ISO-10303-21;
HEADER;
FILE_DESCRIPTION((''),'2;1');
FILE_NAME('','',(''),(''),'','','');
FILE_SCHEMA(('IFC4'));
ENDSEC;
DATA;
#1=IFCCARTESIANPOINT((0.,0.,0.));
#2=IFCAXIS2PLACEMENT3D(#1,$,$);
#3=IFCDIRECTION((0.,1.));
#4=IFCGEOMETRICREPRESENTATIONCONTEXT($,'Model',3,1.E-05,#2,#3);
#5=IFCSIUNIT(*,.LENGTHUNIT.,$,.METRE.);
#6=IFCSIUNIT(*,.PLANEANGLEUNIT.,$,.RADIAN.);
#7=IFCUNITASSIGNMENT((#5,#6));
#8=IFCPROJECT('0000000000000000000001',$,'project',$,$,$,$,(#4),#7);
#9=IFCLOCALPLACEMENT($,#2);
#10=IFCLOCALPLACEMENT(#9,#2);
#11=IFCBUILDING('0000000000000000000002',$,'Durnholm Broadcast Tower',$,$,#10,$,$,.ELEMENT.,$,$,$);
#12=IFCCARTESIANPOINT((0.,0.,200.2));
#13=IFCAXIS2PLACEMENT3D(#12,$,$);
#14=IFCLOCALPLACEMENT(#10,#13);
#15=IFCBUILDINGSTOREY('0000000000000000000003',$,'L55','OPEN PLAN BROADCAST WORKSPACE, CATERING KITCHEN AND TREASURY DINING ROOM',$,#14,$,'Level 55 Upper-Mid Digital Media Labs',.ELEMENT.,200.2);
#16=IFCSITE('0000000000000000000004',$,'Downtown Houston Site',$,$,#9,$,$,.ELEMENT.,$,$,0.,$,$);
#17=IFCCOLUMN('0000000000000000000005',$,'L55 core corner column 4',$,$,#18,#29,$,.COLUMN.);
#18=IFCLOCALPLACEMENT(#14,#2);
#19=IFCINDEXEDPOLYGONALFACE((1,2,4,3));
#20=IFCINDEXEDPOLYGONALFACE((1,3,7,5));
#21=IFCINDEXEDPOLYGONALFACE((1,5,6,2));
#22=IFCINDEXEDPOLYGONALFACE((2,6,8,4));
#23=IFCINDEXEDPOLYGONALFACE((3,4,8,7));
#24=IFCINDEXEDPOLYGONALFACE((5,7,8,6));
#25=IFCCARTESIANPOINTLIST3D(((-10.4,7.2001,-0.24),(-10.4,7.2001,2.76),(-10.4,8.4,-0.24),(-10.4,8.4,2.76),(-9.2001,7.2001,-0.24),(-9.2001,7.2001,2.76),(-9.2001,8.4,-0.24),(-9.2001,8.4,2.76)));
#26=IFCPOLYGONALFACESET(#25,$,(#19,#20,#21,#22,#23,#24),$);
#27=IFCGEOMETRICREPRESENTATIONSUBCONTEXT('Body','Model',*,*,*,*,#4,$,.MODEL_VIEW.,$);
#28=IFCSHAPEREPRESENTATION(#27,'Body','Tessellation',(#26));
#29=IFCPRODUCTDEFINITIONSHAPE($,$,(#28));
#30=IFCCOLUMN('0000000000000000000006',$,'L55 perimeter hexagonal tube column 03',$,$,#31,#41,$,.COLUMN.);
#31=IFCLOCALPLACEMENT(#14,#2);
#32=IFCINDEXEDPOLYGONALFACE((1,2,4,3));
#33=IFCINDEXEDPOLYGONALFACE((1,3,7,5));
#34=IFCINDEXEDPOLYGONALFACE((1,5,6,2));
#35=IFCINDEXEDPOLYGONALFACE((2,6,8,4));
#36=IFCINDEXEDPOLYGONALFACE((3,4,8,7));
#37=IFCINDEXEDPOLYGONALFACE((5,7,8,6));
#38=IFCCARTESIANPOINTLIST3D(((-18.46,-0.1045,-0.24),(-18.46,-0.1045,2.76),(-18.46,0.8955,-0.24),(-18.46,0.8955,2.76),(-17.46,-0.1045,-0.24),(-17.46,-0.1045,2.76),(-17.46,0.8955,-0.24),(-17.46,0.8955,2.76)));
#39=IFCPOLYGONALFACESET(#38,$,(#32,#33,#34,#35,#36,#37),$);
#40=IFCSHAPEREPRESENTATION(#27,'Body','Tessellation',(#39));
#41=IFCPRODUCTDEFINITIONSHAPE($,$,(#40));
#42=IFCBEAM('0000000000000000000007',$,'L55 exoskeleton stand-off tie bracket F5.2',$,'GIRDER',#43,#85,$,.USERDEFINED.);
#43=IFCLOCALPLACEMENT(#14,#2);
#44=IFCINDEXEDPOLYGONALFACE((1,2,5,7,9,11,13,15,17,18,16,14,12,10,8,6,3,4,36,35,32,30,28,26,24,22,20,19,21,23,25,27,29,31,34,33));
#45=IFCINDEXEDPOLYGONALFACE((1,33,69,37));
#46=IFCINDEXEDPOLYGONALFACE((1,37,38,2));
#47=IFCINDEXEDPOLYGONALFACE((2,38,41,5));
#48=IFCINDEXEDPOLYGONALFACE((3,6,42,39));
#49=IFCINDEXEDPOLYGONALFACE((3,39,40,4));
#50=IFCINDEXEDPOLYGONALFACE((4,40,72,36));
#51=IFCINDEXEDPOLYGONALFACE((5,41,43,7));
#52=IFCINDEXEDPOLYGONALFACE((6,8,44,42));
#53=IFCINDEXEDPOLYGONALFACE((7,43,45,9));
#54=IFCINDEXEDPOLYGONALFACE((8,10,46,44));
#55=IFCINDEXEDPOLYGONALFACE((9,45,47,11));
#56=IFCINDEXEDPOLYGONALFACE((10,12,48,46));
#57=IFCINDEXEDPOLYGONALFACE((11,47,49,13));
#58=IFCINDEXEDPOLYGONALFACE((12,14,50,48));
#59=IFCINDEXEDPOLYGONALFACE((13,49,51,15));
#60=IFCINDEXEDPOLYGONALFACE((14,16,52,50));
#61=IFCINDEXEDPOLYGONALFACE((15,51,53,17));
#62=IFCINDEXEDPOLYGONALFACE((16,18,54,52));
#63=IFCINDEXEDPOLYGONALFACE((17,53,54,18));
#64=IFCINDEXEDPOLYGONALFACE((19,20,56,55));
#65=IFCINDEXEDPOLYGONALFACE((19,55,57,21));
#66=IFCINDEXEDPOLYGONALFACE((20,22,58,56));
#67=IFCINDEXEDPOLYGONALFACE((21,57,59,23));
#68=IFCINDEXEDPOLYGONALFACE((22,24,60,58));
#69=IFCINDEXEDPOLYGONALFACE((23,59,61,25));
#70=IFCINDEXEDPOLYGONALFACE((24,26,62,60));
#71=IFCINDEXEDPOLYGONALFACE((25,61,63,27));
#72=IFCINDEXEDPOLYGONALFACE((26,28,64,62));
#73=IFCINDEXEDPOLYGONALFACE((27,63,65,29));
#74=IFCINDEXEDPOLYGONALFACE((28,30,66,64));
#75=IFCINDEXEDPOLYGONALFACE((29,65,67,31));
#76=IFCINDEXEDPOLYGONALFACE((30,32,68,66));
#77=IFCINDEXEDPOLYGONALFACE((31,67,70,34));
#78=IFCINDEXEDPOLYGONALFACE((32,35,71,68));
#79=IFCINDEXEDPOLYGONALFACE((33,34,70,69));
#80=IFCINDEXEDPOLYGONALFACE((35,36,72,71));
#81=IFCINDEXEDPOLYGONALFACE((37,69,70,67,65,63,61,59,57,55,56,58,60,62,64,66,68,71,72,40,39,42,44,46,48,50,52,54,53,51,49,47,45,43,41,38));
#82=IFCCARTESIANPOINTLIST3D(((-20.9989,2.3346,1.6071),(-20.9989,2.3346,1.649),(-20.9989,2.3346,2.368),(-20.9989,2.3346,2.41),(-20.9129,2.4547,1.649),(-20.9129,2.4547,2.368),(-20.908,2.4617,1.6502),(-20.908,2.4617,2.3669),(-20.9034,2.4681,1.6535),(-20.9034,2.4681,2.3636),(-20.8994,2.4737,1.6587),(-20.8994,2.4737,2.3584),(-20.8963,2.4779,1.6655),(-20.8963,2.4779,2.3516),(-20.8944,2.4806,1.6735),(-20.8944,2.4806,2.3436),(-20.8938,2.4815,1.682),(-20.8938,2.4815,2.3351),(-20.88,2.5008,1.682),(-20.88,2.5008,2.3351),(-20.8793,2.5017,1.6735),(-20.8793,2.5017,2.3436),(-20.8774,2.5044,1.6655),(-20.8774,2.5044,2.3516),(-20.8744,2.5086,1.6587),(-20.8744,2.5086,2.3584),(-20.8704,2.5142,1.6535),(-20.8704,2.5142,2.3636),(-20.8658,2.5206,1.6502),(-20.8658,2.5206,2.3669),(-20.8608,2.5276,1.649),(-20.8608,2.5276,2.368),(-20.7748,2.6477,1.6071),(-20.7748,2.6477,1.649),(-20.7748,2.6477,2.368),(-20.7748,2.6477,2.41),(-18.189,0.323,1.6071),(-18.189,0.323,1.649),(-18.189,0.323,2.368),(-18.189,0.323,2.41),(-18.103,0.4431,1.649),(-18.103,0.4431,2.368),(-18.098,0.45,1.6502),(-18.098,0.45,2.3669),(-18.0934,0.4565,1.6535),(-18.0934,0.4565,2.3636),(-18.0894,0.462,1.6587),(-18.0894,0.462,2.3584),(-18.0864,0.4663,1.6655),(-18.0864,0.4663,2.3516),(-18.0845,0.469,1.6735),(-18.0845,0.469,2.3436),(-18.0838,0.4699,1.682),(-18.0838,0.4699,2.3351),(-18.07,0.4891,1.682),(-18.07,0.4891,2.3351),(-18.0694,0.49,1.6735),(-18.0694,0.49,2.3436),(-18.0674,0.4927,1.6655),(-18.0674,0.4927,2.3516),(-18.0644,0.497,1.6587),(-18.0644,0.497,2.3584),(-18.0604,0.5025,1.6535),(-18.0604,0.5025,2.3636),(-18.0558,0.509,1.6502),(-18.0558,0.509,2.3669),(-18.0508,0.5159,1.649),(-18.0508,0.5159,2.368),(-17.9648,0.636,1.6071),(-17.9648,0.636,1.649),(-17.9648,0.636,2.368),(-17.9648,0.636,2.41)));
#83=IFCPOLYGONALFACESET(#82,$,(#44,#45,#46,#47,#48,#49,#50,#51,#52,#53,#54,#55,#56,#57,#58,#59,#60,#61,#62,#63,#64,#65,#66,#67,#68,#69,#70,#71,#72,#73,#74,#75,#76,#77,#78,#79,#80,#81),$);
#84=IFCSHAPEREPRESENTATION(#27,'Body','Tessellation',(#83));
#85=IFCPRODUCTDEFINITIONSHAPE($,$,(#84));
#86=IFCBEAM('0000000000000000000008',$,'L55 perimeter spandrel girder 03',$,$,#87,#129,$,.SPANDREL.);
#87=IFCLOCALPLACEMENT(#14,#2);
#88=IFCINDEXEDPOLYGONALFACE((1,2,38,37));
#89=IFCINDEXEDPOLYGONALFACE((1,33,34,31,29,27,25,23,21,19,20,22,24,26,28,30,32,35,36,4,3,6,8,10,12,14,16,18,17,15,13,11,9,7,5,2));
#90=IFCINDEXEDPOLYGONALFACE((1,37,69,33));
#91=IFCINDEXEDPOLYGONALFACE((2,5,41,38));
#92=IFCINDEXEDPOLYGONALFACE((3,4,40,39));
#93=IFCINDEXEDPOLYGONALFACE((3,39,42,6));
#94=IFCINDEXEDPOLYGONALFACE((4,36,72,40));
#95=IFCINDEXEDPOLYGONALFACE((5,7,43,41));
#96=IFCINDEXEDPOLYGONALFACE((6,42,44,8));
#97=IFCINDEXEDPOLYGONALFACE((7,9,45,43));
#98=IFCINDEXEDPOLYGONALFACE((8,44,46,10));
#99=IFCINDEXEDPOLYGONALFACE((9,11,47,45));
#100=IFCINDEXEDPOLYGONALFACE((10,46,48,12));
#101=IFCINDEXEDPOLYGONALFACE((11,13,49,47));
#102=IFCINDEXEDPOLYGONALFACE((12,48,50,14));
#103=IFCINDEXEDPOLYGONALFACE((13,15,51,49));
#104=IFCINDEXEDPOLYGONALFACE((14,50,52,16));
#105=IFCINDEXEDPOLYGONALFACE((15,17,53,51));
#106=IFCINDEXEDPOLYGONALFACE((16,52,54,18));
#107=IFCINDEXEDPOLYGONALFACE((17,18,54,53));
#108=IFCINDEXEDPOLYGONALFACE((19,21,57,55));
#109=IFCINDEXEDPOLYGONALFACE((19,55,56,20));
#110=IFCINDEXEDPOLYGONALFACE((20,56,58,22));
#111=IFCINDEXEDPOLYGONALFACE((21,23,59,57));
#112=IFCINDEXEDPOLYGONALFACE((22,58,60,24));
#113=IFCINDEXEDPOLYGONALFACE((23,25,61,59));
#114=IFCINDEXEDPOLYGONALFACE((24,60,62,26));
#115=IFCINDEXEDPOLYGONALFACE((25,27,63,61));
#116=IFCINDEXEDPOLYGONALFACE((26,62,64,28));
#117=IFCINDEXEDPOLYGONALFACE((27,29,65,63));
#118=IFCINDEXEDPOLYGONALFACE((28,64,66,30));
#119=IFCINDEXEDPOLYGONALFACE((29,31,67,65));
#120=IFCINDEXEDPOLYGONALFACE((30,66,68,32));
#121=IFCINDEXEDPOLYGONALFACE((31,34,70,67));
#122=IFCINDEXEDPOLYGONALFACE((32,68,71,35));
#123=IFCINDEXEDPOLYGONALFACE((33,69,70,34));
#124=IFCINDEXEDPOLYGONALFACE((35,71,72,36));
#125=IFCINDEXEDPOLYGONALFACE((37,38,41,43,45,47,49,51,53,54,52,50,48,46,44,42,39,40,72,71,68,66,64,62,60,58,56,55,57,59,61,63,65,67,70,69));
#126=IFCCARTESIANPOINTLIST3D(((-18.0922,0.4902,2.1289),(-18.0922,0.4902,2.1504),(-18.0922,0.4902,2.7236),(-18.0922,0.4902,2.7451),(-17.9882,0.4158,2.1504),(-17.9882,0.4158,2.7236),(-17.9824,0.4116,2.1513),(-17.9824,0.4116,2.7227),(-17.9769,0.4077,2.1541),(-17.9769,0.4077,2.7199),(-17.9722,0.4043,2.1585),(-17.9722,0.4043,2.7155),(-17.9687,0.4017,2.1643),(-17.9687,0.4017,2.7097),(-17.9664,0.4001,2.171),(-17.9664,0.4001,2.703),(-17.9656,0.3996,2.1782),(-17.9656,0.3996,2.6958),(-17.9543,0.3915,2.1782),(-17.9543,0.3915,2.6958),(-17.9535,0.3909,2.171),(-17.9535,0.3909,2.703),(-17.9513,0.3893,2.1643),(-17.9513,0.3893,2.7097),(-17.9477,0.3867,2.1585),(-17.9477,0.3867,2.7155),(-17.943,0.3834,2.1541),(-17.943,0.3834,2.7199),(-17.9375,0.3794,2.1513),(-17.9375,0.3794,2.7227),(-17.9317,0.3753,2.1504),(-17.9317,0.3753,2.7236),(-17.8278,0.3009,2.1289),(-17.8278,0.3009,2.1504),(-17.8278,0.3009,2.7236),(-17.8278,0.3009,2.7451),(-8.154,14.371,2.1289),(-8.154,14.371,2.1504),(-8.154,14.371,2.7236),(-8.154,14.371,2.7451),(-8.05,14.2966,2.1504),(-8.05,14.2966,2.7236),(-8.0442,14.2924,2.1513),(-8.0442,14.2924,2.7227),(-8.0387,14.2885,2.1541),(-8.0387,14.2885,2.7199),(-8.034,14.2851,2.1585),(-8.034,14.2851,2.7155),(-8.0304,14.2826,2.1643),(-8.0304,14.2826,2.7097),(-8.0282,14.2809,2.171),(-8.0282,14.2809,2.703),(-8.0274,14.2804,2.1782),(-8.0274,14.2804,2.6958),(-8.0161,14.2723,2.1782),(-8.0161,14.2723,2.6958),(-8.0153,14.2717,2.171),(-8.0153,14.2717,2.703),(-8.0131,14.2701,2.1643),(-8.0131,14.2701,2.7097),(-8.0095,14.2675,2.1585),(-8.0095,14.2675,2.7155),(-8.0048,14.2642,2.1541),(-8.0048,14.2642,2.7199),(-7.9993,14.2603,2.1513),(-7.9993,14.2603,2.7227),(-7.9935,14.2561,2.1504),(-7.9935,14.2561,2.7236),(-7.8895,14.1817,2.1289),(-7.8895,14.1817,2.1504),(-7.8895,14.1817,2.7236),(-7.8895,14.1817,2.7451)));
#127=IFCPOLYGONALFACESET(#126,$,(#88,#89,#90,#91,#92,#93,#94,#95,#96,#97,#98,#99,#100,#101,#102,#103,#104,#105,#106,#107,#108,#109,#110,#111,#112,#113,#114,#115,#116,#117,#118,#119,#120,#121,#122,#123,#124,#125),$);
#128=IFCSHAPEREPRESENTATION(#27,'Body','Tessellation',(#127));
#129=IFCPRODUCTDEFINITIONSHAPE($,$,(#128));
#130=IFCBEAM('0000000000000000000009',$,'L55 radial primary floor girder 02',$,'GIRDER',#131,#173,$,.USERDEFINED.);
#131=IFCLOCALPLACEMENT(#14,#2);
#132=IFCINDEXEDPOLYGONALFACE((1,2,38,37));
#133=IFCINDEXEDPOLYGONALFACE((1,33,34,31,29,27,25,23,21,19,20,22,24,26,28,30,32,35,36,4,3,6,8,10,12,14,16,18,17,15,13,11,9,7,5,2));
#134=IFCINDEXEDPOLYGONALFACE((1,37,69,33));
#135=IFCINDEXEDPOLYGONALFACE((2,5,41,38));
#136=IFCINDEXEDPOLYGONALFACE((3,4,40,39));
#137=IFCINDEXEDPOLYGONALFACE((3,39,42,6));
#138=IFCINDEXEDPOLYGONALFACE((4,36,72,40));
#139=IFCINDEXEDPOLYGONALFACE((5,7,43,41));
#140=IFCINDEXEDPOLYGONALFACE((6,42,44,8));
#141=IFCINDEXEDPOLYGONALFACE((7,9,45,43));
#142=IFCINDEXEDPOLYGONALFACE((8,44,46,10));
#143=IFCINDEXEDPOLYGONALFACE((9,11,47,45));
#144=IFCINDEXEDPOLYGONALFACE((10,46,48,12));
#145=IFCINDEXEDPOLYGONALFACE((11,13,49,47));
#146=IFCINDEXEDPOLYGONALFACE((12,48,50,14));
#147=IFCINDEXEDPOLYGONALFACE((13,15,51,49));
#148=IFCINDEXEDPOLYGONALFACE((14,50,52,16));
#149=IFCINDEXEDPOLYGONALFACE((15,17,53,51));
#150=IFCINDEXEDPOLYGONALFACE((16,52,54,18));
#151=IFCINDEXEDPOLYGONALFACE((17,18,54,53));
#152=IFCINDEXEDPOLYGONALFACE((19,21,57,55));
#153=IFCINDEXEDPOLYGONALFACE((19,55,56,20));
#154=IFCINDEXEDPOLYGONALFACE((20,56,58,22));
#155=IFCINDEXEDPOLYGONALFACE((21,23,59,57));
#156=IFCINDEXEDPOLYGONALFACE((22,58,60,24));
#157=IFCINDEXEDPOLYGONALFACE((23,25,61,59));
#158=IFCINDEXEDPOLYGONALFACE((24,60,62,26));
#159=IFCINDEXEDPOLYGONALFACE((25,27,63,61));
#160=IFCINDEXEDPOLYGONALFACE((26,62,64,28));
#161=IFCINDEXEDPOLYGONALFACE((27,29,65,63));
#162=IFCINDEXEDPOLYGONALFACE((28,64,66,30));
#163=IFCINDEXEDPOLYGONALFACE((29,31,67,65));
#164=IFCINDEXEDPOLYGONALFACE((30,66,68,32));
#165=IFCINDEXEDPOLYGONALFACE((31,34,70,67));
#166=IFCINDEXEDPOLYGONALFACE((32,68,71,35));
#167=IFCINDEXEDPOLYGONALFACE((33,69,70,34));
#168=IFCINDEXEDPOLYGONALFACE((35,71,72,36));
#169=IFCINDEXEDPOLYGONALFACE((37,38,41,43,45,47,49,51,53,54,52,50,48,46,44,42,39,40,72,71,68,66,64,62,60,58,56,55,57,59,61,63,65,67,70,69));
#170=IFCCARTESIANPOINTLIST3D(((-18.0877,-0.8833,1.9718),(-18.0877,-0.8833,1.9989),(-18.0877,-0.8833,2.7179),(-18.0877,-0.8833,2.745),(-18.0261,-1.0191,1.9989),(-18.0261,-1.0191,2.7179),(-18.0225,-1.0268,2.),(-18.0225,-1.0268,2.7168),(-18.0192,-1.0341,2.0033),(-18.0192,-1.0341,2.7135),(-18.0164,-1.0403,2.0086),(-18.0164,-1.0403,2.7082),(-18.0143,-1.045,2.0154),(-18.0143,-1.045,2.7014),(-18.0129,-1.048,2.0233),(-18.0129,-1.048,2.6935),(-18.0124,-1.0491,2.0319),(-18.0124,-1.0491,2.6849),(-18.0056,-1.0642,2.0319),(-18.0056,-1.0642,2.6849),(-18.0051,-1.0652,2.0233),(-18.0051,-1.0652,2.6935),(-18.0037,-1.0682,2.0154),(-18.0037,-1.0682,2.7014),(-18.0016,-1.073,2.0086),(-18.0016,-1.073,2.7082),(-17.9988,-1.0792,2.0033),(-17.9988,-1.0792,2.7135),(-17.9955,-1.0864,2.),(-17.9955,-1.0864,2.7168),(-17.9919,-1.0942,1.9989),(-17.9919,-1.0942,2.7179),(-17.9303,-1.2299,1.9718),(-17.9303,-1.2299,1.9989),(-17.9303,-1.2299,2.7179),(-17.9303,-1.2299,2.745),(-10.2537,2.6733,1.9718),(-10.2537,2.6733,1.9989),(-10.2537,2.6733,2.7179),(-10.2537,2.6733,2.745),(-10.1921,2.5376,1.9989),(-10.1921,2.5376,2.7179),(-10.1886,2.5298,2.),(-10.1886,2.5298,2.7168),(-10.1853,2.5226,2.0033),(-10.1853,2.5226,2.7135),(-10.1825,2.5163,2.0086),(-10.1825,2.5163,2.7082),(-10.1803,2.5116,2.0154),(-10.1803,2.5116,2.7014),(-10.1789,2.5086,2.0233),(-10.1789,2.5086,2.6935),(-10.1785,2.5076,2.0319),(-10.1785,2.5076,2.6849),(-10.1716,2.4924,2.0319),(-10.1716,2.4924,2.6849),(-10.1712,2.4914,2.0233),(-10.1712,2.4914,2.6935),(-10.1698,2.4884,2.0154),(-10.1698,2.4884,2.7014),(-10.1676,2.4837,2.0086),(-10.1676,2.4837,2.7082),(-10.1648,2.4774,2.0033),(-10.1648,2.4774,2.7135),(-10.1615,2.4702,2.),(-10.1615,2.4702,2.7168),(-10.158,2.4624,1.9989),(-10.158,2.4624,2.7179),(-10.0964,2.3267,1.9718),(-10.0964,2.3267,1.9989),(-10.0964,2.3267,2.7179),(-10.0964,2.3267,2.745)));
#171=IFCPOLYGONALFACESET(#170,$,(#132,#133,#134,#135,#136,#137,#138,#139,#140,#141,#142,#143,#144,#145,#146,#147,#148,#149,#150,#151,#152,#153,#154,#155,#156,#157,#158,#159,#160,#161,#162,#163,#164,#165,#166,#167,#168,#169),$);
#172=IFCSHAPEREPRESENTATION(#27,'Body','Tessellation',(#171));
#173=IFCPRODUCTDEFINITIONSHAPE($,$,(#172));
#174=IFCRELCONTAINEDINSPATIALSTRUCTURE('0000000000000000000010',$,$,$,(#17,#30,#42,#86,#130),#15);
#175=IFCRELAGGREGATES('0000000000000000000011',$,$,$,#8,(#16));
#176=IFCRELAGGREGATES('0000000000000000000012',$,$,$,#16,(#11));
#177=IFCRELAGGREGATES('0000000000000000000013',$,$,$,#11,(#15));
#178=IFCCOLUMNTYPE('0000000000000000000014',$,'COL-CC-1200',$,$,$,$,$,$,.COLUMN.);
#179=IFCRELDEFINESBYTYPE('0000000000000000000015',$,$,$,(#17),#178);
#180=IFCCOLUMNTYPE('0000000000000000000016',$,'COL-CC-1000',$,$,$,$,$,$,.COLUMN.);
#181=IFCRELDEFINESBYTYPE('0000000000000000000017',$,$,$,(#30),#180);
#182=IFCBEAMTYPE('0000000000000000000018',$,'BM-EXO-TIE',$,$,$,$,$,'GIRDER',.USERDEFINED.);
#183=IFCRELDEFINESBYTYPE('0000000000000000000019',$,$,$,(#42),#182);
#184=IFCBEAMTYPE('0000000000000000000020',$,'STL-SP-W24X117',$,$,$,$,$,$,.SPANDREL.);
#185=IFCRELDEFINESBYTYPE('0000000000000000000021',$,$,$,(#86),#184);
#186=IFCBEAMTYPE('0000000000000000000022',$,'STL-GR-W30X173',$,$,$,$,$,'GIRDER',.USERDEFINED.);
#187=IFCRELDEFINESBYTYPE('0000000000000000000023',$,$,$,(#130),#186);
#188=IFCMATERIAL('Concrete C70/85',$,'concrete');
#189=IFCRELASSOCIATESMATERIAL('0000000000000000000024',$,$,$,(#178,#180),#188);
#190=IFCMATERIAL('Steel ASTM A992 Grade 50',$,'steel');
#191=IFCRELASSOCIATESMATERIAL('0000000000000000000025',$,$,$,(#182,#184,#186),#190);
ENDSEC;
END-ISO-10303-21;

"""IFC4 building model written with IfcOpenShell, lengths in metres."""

from ifc_helpers import new_model, si_unit, direction, frame, origin, origin_2d, place, context, subcontext, project, spatial, rectangle, i_section, extrude, source, transform, mapped, material, material_profile, profile_set, type_object, type_shapes, element, save


model = new_model("IFC4")

# Units and contexts
model_context = context("Model", 3, precision=1e-05, world=origin(), true_north=direction((0.0, 1.0)))
body_context = subcontext(model_context, "Body", "Model", "MODEL_VIEW")
ifc_project = project(units=[si_unit("LENGTHUNIT", "METRE"), si_unit("PLANEANGLEUNIT", "RADIAN")], contexts=[model_context])

# Site, building, storey
site_placement = place(None, origin())
site = spatial("IfcSite", under=ifc_project, at=site_placement, Name="Downtown Houston Site", CompositionType="ELEMENT", RefElevation=0.0)
building_placement = place(site_placement, origin())
building = spatial("IfcBuilding", under=site, at=building_placement, Name="Durnholm Broadcast Tower", CompositionType="ELEMENT")
storey_placement = place(building_placement, frame((0.0, 0.0, 200.2)))
storey = spatial("IfcBuildingStorey", under=building, at=storey_placement, Name="L55", Description="OPEN PLAN BROADCAST WORKSPACE, CATERING KITCHEN AND TREASURY DINING ROOM", LongName="Level 55 Upper-Mid Digital Media Labs", CompositionType="ELEMENT", Elevation=200.2)

# Columns
ifc_material_1 = material(Name="Concrete C70/85", Category="concrete")
ifc_material_profile_1 = material_profile(ifc_material_1, rectangle(XDim=1.2, YDim=1.2, at=origin_2d()), Name="RC1200X1200")
ifc_profile_set_1 = profile_set([ifc_material_profile_1], Name="Concrete C70/85")
column_type_1 = type_object("IfcColumnType", Name="COL-CC-1200", PredefinedType="COLUMN", material=ifc_profile_set_1)
shared_shape_1 = source(origin(), body_context, "Body", "SweptSolid", [
    extrude(rectangle(XDim=1.2, YDim=1.2, at=origin_2d()), origin(), (0.0, 0.0, 1.0), 3.0),
])
type_shapes(column_type_1, [shared_shape_1])
column_1_placement = place(storey_placement, frame((-9.8, 7.8, -0.24), z_axis=(0.0, 0.0, 1.0), x_axis=(1.0, 0.0, 0.0)))
element("IfcColumn", 1, at=column_1_placement, inside=storey, type_object=column_type_1, Name="L55 core corner column 4", PredefinedType="COLUMN", context=body_context, shape_type="MappedRepresentation", body=[
    mapped(shared_shape_1, transform((0.0, 0.0, 0.0), x_axis=(1.0, 0.0, 0.0), y_axis=(0.0, 1.0, 0.0), z_axis=(0.0, 0.0, 1.0), scale=1.0)),
])
ifc_material_profile_2 = material_profile(ifc_material_1, rectangle(XDim=1.0, YDim=1.0, at=origin_2d()), Name="RC1000X1000")
ifc_profile_set_2 = profile_set([ifc_material_profile_2], Name="Concrete C70/85")
column_type_2 = type_object("IfcColumnType", Name="COL-CC-1000", PredefinedType="COLUMN", material=ifc_profile_set_2)
shared_shape_2 = source(origin(), body_context, "Body", "SweptSolid", [
    extrude(rectangle(XDim=1.0, YDim=1.0, at=origin_2d()), origin(), (0.0, 0.0, 1.0), 3.0),
])
type_shapes(column_type_2, [shared_shape_2])
column_2_placement = place(storey_placement, frame((-17.96, 0.3955, -0.24), z_axis=(0.0, 0.0, 1.0), x_axis=(1.0, 0.0, 0.0)))
element("IfcColumn", 2, at=column_2_placement, inside=storey, type_object=column_type_2, Name="L55 perimeter hexagonal tube column 03", PredefinedType="COLUMN", context=body_context, shape_type="MappedRepresentation", body=[
    mapped(shared_shape_2, transform((0.0, 0.0, 0.0), x_axis=(1.0, 0.0, 0.0), y_axis=(0.0, 1.0, 0.0), z_axis=(0.0, 0.0, 1.0), scale=1.0)),
])

# Beams
ifc_material_2 = material(Name="Steel ASTM A992 Grade 50", Category="steel")
ifc_material_profile_3 = material_profile(ifc_material_2, i_section(OverallWidth=0.385, OverallDepth=0.803, WebThickness=0.0237, FlangeThickness=0.042, FilletRadius=0.033, at=origin_2d()), Name="W30X261")
ifc_profile_set_3 = profile_set([ifc_material_profile_3], Name="Steel ASTM A992 Grade 50")
beam_type_1 = type_object("IfcBeamType", Name="BM-EXO-TIE", ElementType="GIRDER", PredefinedType="USERDEFINED", material=ifc_profile_set_3)
shared_shape_3 = source(origin(), body_context, "Body", "SweptSolid", [
    extrude(i_section(OverallWidth=0.385, OverallDepth=0.803, WebThickness=0.0237, FlangeThickness=0.042, FilletRadius=0.033, at=origin_2d()), origin(), (0.0, 0.0, 1.0), 3.4558),
])
type_shapes(beam_type_1, [shared_shape_3])
beam_1_placement = place(storey_placement, frame((-18.0769, 0.4795, 2.0085), z_axis=(-0.813112, 0.582107, 0.0), x_axis=(-0.582107, -0.813112, 0.0)))
element("IfcBeam", 3, at=beam_1_placement, inside=storey, type_object=beam_type_1, Name="L55 exoskeleton stand-off tie bracket F5.2", ObjectType="GIRDER", PredefinedType="USERDEFINED", context=body_context, shape_type="MappedRepresentation", body=[
    mapped(shared_shape_3, transform((0.0, 0.0, 0.0), x_axis=(1.0, 0.0, 0.0), y_axis=(0.0, 1.0, 0.0), z_axis=(0.0, 0.0, 1.0), scale=1.0)),
])
ifc_material_profile_4 = material_profile(ifc_material_2, i_section(OverallWidth=0.3252, OverallDepth=0.6162, WebThickness=0.0139, FlangeThickness=0.0215, FilletRadius=0.0278, at=origin_2d()), Name="W24X117")
ifc_profile_set_4 = profile_set([ifc_material_profile_4], Name="Steel ASTM A992 Grade 50")
beam_type_2 = type_object("IfcBeamType", Name="STL-SP-W24X117", PredefinedType="SPANDREL", material=ifc_profile_set_4)
shared_shape_4 = source(origin(), body_context, "Body", "SweptSolid", [
    extrude(i_section(OverallWidth=0.3252, OverallDepth=0.6162, WebThickness=0.0139, FlangeThickness=0.0215, FilletRadius=0.0278, at=origin_2d()), origin(), (0.0, 0.0, 1.0), 17.0718),
])
type_shapes(beam_type_2, [shared_shape_4])
beam_2_placement = place(storey_placement, frame((-17.96, 0.3955, 2.437), z_axis=(0.582143, 0.813087, 0.0), x_axis=(-0.813087, 0.582143, 0.0)))
element("IfcBeam", 4, at=beam_2_placement, inside=storey, type_object=beam_type_2, Name="L55 perimeter spandrel girder 03", PredefinedType="SPANDREL", context=body_context, shape_type="MappedRepresentation", body=[
    mapped(shared_shape_4, transform((0.0, 0.0, 0.0), x_axis=(1.0, 0.0, 0.0), y_axis=(0.0, 1.0, 0.0), z_axis=(0.0, 0.0, 1.0), scale=1.0)),
])
ifc_material_profile_5 = material_profile(ifc_material_2, i_section(OverallWidth=0.3806, OverallDepth=0.7732, WebThickness=0.0166, FlangeThickness=0.0271, FilletRadius=0.033, at=origin_2d()), Name="W30X173")
ifc_profile_set_5 = profile_set([ifc_material_profile_5], Name="Steel ASTM A992 Grade 50")
beam_type_3 = type_object("IfcBeamType", Name="STL-GR-W30X173", ElementType="GIRDER", PredefinedType="USERDEFINED", material=ifc_profile_set_5)
shared_shape_5 = source(origin(), body_context, "Body", "SweptSolid", [
    extrude(i_section(OverallWidth=0.3806, OverallDepth=0.7732, WebThickness=0.0166, FlangeThickness=0.0271, FilletRadius=0.033, at=origin_2d()), origin(), (0.0, 0.0, 1.0), 8.6035),
])
beam_3_placement = place(storey_placement, frame((-10.175, 2.5, 2.3584), z_axis=(-0.910553, -0.413392, 0.0), x_axis=(0.413392, -0.910553, 0.0)))
element("IfcBeam", 5, at=beam_3_placement, inside=storey, type_object=beam_type_3, Name="L55 radial primary floor girder 02", ObjectType="GIRDER", PredefinedType="USERDEFINED", context=body_context, shape_type="MappedRepresentation", body=[
    mapped(shared_shape_5, transform((0.0, 0.0, 0.0), x_axis=(1.0, 0.0, 0.0), y_axis=(0.0, 1.0, 0.0), z_axis=(0.0, 0.0, 1.0), scale=1.0)),
])

save(model, "model.ifc")
